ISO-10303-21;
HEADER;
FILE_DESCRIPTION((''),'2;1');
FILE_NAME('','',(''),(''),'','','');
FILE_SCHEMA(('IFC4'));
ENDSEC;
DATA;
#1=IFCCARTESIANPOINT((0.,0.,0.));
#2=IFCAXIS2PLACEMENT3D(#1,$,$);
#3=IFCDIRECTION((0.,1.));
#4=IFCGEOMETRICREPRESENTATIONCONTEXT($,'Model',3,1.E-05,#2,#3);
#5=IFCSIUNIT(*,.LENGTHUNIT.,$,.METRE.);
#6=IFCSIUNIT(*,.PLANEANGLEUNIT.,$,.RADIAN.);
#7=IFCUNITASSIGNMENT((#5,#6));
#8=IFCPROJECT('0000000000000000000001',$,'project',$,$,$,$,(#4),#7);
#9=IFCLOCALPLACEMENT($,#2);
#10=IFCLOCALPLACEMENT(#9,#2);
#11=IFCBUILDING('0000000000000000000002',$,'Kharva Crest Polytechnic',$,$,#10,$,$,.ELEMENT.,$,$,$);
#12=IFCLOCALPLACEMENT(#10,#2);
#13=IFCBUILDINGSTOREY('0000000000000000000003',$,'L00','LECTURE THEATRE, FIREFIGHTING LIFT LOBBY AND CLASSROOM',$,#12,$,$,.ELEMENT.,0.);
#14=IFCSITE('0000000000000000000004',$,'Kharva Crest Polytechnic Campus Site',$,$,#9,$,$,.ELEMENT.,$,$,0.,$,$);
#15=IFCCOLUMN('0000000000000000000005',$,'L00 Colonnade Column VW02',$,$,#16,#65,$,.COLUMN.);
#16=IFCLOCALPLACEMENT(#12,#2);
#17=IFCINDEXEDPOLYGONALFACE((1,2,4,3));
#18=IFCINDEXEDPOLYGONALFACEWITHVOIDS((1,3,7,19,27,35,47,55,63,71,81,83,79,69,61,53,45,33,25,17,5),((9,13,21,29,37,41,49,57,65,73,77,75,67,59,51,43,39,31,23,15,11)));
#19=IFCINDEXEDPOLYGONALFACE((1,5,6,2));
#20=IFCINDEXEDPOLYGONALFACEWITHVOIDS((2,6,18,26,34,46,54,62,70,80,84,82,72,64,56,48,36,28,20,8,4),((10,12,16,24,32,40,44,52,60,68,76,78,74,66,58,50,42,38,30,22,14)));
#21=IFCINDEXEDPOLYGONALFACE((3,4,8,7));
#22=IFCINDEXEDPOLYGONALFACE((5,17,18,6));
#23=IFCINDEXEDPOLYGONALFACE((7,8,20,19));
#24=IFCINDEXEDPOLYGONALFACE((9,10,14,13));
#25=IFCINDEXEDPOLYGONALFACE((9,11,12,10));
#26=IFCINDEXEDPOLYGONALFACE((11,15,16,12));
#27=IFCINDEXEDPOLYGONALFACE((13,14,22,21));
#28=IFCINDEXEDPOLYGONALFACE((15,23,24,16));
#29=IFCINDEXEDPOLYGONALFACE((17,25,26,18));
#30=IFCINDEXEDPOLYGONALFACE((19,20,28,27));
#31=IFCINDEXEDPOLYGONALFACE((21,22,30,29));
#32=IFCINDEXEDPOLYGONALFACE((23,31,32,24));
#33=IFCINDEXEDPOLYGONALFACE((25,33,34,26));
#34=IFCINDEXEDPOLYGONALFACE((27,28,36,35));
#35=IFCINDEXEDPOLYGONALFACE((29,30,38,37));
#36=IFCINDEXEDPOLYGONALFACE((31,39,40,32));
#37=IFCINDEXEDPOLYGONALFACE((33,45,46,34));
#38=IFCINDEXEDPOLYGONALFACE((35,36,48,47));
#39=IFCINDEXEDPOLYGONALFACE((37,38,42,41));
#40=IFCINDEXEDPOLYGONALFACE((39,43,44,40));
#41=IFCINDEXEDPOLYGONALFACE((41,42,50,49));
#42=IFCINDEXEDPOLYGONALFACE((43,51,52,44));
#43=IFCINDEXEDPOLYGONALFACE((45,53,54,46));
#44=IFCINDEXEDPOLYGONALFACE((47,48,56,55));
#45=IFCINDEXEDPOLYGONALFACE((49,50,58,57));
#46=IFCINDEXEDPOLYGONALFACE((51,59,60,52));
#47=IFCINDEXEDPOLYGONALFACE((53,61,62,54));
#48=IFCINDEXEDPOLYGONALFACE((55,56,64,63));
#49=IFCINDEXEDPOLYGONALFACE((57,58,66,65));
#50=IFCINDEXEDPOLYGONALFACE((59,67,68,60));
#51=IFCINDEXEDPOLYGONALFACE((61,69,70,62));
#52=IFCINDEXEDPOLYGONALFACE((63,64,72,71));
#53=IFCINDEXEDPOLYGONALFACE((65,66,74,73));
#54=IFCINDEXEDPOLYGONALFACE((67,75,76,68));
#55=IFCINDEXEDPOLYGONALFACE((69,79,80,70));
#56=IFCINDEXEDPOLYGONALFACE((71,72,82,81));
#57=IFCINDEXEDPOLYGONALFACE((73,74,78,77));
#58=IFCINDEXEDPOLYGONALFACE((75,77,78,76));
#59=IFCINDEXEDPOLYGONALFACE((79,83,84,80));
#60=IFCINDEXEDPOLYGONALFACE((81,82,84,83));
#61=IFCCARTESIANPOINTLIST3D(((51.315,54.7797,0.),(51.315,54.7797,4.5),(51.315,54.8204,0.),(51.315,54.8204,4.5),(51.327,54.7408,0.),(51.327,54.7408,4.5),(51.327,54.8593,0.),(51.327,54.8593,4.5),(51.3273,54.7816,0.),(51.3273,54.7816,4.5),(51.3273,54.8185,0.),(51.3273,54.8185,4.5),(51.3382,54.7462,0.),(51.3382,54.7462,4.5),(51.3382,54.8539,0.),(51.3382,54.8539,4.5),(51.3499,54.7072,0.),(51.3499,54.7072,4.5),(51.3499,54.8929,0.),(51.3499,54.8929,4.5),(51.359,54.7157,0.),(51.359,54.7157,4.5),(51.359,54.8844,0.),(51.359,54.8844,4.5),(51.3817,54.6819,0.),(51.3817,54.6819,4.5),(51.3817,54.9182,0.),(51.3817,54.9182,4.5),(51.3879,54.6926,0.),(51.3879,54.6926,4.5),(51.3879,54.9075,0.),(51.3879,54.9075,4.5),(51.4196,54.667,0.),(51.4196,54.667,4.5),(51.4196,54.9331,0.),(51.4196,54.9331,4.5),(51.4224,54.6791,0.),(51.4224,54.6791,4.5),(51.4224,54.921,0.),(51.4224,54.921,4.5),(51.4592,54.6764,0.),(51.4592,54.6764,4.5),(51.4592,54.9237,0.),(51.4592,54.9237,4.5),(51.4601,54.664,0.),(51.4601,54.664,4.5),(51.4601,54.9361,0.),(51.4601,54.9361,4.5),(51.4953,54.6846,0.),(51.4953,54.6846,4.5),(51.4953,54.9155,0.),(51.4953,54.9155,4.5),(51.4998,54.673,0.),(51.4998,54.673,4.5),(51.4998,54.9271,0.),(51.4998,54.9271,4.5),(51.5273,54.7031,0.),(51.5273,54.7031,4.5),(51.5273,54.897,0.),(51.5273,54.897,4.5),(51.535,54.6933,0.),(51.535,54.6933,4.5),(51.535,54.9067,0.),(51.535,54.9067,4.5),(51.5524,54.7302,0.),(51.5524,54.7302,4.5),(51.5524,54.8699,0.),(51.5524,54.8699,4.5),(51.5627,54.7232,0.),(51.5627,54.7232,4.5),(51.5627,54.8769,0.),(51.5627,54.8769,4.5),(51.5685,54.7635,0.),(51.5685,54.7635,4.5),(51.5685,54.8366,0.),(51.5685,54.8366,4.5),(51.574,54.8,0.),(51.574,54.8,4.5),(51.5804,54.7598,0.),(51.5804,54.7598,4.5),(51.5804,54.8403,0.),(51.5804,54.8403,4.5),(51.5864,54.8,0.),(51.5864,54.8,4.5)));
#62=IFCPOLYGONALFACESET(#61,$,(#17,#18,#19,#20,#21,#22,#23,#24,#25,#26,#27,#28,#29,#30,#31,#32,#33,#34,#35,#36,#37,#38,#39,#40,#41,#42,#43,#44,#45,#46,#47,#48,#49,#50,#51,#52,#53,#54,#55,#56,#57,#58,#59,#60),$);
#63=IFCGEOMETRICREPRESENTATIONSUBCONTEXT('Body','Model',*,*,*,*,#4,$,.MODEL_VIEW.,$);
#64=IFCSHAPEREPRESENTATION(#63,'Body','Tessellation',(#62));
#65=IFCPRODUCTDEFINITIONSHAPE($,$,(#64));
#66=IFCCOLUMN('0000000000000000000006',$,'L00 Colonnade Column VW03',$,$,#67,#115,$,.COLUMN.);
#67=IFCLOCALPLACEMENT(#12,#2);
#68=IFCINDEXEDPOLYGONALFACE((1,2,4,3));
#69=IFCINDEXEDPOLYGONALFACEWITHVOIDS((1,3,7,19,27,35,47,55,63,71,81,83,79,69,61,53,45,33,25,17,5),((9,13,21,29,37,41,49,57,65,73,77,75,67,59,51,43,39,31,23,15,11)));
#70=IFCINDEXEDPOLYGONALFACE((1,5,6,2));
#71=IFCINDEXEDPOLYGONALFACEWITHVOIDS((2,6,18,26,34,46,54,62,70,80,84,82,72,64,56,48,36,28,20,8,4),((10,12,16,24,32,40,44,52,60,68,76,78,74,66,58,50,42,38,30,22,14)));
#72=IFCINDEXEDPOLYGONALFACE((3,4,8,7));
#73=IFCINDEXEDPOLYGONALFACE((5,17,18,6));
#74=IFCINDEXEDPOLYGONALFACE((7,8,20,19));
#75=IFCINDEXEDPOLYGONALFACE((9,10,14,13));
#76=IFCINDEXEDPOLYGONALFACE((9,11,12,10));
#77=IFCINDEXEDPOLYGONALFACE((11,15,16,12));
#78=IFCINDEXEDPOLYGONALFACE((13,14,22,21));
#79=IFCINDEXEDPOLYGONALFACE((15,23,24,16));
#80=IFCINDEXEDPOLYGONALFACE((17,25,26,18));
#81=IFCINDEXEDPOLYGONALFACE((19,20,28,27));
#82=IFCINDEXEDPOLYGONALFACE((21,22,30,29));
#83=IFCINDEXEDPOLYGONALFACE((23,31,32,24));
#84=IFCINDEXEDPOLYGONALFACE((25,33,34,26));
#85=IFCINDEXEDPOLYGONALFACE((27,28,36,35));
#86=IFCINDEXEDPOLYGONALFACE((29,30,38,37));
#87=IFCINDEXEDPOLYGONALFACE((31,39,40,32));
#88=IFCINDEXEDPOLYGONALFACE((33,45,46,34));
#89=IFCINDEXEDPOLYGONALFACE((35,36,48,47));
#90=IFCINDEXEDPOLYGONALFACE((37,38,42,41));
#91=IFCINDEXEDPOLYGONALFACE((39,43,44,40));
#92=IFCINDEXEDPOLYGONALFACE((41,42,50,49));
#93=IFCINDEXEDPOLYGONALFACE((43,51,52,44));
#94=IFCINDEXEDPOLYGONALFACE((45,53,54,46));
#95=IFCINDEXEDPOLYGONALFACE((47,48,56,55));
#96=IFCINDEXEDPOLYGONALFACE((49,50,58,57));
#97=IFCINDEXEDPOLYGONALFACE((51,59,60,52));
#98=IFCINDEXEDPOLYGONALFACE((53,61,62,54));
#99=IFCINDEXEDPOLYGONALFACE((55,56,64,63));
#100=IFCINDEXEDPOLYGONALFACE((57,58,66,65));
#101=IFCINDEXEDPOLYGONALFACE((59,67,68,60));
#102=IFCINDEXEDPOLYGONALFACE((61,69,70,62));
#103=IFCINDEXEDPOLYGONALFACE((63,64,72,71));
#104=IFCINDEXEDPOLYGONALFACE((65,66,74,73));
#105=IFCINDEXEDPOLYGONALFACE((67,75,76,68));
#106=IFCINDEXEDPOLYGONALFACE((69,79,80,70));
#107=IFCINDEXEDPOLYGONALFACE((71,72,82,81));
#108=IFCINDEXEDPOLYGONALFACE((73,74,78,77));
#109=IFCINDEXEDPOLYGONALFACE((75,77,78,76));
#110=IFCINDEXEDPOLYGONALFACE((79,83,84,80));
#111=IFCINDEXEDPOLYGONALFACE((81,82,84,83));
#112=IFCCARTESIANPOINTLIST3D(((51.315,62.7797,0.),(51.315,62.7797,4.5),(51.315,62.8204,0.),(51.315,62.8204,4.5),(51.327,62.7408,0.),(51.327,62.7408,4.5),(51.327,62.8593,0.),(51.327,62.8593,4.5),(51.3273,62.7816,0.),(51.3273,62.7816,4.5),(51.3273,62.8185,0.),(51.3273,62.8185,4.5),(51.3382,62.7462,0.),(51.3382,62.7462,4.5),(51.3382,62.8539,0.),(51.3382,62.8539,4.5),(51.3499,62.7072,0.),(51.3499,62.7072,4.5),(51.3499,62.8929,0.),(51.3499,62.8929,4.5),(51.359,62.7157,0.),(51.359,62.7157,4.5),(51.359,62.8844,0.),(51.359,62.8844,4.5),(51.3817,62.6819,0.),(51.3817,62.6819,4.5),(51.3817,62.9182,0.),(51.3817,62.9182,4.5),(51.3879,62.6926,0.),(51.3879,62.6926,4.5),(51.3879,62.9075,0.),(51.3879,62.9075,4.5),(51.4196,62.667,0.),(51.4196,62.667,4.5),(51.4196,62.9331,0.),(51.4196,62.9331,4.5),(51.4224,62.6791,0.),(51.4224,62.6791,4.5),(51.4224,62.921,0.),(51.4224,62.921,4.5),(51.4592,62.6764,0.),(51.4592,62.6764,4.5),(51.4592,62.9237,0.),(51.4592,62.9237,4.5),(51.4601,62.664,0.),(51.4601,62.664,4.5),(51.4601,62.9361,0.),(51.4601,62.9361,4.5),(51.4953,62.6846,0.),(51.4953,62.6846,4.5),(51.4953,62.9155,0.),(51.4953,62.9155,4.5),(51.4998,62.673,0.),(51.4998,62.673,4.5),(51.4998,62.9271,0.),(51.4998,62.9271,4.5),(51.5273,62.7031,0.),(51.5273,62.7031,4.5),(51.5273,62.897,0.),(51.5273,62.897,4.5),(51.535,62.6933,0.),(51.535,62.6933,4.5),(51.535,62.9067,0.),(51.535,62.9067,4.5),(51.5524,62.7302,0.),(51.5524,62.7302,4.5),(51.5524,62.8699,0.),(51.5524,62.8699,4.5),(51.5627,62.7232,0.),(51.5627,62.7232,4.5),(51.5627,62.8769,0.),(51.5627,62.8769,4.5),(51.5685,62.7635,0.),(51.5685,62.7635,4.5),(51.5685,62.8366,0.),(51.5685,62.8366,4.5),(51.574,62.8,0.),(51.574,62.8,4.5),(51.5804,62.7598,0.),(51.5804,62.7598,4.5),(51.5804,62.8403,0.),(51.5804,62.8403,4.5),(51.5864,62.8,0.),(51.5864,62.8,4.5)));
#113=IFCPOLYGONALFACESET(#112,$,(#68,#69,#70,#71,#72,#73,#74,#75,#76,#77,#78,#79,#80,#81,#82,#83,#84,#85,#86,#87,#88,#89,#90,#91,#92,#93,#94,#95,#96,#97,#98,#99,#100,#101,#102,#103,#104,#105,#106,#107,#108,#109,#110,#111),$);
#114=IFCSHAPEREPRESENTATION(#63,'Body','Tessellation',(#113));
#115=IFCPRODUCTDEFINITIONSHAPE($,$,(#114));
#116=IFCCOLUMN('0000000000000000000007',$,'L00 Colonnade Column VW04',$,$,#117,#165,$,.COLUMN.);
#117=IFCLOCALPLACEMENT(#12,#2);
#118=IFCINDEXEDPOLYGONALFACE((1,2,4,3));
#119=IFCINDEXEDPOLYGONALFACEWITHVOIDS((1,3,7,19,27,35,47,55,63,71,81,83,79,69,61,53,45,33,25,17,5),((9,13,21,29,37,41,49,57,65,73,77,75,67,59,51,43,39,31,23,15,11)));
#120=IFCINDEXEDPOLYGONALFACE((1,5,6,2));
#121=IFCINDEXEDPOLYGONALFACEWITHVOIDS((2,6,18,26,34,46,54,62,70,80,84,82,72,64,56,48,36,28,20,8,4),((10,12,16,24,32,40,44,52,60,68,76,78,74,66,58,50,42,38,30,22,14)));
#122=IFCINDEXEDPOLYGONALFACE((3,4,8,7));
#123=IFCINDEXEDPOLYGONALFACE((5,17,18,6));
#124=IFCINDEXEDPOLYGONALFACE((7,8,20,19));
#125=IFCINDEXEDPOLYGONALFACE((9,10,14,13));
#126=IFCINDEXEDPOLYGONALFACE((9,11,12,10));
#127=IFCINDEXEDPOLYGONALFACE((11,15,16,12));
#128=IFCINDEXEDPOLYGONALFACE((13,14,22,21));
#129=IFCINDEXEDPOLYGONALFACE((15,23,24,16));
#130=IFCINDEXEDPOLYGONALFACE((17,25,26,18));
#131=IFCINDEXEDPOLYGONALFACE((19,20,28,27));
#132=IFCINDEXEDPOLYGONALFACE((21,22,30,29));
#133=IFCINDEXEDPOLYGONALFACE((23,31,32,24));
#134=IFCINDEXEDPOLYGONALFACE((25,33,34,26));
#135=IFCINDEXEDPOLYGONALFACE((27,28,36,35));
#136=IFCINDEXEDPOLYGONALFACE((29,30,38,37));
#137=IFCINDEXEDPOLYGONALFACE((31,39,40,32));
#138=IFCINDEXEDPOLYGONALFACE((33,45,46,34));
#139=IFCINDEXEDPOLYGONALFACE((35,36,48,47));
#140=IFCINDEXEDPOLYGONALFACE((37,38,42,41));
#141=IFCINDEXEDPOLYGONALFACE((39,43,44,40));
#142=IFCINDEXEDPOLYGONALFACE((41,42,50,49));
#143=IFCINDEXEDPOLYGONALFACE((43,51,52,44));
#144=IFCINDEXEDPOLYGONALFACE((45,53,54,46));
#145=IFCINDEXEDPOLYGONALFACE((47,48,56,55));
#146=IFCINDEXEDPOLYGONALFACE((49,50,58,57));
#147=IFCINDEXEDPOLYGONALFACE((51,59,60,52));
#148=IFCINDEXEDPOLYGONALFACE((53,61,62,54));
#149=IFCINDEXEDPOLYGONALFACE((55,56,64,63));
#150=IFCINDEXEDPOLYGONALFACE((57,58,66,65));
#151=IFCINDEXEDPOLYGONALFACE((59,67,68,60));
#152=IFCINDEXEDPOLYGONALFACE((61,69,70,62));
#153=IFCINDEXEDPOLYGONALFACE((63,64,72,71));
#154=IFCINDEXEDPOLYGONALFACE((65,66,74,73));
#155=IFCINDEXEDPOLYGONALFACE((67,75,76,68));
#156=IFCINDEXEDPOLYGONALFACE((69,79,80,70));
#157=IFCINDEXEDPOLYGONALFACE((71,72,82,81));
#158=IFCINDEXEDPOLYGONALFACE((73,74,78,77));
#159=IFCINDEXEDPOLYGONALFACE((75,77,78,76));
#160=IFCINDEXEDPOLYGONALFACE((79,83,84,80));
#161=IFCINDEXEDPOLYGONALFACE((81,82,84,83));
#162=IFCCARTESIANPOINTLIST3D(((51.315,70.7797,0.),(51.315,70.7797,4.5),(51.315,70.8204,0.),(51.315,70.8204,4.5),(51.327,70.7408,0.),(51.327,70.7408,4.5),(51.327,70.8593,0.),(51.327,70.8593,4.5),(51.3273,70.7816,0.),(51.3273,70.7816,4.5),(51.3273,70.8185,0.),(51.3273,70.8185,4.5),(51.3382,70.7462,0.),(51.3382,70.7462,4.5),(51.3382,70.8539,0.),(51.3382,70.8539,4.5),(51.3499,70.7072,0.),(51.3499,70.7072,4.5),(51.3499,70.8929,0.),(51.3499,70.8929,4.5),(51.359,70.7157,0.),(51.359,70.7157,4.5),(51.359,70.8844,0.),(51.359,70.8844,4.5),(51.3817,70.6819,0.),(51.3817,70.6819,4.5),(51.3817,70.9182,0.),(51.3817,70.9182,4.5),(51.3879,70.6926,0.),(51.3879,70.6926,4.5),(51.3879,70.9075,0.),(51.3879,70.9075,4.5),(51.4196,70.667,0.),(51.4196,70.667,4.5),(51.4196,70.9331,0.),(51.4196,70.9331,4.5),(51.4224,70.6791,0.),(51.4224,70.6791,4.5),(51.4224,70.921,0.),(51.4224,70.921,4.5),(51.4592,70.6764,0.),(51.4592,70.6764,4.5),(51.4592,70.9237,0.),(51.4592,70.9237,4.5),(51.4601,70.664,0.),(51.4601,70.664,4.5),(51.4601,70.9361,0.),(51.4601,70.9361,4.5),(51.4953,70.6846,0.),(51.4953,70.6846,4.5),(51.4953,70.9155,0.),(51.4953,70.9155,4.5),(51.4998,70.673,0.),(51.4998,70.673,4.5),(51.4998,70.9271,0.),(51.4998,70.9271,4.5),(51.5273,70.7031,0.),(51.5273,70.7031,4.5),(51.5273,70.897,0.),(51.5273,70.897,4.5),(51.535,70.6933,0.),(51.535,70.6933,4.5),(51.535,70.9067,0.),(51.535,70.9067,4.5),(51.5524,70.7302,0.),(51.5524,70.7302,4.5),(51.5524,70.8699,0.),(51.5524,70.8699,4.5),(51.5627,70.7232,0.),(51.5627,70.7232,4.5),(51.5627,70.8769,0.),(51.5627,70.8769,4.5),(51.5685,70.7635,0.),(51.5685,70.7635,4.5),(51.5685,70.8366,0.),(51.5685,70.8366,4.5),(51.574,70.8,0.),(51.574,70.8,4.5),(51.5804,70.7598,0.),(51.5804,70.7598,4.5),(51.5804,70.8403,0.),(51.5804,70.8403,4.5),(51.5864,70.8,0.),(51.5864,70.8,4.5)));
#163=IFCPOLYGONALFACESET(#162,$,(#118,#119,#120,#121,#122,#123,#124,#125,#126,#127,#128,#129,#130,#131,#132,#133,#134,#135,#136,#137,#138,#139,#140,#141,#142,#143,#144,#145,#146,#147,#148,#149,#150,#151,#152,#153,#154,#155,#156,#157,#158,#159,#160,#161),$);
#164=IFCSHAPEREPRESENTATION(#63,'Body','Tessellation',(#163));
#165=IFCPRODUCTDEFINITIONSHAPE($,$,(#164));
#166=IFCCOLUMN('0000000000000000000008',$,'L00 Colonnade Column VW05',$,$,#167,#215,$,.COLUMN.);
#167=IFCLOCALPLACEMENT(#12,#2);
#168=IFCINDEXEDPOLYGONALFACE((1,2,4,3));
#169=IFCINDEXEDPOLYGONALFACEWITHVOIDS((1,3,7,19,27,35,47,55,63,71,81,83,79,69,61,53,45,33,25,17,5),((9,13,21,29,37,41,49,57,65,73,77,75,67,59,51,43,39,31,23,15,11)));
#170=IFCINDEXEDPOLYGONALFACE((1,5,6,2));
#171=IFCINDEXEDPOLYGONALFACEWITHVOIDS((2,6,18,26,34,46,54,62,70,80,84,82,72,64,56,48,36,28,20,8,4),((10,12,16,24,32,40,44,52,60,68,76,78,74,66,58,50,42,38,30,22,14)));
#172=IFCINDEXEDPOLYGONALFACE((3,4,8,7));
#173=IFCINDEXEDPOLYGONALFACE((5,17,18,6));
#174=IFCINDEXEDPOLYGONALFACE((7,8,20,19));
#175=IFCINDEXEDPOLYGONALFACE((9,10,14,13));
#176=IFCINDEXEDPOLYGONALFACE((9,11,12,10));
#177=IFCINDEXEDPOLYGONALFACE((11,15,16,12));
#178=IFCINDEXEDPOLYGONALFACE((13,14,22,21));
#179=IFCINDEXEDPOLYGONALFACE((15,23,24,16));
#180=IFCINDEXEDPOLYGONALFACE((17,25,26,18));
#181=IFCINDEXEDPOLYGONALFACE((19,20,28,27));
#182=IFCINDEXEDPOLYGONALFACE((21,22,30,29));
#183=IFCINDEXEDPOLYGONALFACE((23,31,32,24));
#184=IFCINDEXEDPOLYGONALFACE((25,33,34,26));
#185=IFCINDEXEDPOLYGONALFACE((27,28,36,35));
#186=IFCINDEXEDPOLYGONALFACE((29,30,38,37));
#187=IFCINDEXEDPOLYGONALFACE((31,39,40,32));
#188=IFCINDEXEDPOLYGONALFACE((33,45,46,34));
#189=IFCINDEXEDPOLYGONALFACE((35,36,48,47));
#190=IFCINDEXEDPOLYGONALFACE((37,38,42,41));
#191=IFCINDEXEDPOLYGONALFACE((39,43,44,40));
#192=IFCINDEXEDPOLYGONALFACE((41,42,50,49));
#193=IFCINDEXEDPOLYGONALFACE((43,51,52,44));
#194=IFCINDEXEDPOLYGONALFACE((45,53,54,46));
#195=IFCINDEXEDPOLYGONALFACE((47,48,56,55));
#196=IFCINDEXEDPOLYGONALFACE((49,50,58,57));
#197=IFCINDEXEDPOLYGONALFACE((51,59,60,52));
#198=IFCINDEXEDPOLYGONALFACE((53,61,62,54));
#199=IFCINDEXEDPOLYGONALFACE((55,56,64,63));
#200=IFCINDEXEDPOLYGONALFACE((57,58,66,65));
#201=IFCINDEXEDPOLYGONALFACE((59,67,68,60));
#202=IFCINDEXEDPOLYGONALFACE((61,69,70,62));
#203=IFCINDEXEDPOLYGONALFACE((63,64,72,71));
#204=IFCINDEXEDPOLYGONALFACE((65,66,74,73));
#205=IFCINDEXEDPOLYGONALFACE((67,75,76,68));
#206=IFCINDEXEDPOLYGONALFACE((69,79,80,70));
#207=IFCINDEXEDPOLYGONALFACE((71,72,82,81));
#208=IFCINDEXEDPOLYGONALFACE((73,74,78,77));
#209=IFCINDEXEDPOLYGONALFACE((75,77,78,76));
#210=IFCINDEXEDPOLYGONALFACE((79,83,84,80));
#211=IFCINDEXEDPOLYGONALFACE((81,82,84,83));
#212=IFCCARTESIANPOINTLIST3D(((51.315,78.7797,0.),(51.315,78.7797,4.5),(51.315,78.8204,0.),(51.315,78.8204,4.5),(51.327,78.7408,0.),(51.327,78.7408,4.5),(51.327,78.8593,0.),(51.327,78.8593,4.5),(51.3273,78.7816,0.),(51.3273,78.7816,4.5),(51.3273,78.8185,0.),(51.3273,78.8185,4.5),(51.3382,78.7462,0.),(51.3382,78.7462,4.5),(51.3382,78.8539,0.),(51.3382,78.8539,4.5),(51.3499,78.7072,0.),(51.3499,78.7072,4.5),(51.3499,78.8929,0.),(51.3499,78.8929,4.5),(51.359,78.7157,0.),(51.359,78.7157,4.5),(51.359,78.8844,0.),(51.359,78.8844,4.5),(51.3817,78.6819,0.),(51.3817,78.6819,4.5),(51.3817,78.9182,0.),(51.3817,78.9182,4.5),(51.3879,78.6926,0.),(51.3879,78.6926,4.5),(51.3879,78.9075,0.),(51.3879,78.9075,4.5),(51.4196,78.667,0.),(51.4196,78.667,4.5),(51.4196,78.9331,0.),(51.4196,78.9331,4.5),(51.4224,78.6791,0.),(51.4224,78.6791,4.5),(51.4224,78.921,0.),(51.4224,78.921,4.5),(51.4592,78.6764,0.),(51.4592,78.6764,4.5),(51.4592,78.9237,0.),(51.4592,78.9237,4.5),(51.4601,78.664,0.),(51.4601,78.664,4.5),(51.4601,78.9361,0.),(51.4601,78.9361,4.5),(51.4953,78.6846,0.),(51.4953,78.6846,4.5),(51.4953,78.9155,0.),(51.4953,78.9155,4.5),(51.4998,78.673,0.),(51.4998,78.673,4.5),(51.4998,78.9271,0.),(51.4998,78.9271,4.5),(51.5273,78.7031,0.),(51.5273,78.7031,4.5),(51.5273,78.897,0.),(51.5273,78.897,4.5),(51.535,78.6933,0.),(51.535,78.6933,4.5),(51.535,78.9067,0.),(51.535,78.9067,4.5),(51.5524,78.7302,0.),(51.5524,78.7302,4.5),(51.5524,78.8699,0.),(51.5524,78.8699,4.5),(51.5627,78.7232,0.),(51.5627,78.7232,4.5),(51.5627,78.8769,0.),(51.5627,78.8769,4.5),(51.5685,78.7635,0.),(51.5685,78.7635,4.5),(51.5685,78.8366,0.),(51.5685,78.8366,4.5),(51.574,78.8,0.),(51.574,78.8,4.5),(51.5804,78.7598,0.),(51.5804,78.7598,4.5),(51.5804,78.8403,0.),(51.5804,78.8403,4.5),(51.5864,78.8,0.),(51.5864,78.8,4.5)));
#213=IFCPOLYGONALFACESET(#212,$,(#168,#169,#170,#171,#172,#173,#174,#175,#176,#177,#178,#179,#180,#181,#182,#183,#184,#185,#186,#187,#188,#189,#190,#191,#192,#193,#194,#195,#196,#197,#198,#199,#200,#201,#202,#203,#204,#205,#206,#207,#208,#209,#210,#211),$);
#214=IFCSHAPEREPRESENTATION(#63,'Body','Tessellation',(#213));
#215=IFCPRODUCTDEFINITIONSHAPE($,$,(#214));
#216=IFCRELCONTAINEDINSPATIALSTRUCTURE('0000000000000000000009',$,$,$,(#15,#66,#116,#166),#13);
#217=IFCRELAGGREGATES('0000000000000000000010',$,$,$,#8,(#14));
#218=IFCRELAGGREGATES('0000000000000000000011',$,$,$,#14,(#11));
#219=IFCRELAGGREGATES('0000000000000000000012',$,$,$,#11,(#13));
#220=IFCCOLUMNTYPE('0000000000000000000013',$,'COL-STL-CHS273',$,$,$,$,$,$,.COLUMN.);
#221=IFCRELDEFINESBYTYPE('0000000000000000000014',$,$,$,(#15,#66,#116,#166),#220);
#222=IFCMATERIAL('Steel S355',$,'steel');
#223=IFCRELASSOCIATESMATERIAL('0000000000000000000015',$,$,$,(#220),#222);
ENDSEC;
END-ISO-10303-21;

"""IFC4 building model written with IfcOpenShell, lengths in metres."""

from ifc_helpers import new_model, si_unit, direction, frame, origin, origin_2d, place, context, subcontext, project, spatial, hollow_circle, extrude, material, material_profile, profile_set, type_object, element, save


model = new_model("IFC4")

# Units and contexts
model_context = context("Model", 3, precision=1e-05, world=origin(), true_north=direction((0.0, 1.0)))
body_context = subcontext(model_context, "Body", "Model", "MODEL_VIEW")
ifc_project = project(units=[si_unit("LENGTHUNIT", "METRE"), si_unit("PLANEANGLEUNIT", "RADIAN")], contexts=[model_context])

# Site, building, storey
site_placement = place(None, origin())
site = spatial("IfcSite", under=ifc_project, at=site_placement, Name="Kharva Crest Polytechnic Campus Site", CompositionType="ELEMENT", RefElevation=0.0)
building_placement = place(site_placement, origin())
building = spatial("IfcBuilding", under=site, at=building_placement, Name="Kharva Crest Polytechnic", CompositionType="ELEMENT")
storey_placement = place(building_placement, origin())
storey = spatial("IfcBuildingStorey", under=building, at=storey_placement, Name="L00", Description="LECTURE THEATRE, FIREFIGHTING LIFT LOBBY AND CLASSROOM", CompositionType="ELEMENT", Elevation=0.0)

# Columns
ifc_material_1 = material(Name="Steel S355", Category="steel")
ifc_material_profile_1 = material_profile(ifc_material_1, hollow_circle(Radius=0.1365, WallThickness=0.0125, at=origin_2d()), Name="CHS 273.0X12.5")
ifc_profile_set_1 = profile_set([ifc_material_profile_1], Name="Steel S355")
column_type_1 = type_object("IfcColumnType", Name="COL-STL-CHS273", PredefinedType="COLUMN", material=ifc_profile_set_1)
for number, where, z_axis, x_axis, name in (
    (1, (51.45, 54.8, 0.0), (0.0, 0.0, 1.0), (1.0, 0.0, 0.0), "L00 Colonnade Column VW02"),
    (2, (51.45, 62.8, 0.0), (0.0, 0.0, 1.0), (1.0, 0.0, 0.0), "L00 Colonnade Column VW03"),
    (3, (51.45, 70.8, 0.0), (0.0, 0.0, 1.0), (1.0, 0.0, 0.0), "L00 Colonnade Column VW04"),
    (4, (51.45, 78.8, 0.0), (0.0, 0.0, 1.0), (1.0, 0.0, 0.0), "L00 Colonnade Column VW05"),
):
    element("IfcColumn", number, at=place(storey_placement, frame(where, z_axis=z_axis, x_axis=x_axis)), inside=storey, type_object=column_type_1, Name=name, PredefinedType="COLUMN", context=body_context, shape_type="SweptSolid", body=[
        extrude(hollow_circle(Radius=0.1365, WallThickness=0.0125, at=origin_2d()), origin(), (0.0, 0.0, 1.0), 4.5),
    ])

save(model, "model.ifc")
